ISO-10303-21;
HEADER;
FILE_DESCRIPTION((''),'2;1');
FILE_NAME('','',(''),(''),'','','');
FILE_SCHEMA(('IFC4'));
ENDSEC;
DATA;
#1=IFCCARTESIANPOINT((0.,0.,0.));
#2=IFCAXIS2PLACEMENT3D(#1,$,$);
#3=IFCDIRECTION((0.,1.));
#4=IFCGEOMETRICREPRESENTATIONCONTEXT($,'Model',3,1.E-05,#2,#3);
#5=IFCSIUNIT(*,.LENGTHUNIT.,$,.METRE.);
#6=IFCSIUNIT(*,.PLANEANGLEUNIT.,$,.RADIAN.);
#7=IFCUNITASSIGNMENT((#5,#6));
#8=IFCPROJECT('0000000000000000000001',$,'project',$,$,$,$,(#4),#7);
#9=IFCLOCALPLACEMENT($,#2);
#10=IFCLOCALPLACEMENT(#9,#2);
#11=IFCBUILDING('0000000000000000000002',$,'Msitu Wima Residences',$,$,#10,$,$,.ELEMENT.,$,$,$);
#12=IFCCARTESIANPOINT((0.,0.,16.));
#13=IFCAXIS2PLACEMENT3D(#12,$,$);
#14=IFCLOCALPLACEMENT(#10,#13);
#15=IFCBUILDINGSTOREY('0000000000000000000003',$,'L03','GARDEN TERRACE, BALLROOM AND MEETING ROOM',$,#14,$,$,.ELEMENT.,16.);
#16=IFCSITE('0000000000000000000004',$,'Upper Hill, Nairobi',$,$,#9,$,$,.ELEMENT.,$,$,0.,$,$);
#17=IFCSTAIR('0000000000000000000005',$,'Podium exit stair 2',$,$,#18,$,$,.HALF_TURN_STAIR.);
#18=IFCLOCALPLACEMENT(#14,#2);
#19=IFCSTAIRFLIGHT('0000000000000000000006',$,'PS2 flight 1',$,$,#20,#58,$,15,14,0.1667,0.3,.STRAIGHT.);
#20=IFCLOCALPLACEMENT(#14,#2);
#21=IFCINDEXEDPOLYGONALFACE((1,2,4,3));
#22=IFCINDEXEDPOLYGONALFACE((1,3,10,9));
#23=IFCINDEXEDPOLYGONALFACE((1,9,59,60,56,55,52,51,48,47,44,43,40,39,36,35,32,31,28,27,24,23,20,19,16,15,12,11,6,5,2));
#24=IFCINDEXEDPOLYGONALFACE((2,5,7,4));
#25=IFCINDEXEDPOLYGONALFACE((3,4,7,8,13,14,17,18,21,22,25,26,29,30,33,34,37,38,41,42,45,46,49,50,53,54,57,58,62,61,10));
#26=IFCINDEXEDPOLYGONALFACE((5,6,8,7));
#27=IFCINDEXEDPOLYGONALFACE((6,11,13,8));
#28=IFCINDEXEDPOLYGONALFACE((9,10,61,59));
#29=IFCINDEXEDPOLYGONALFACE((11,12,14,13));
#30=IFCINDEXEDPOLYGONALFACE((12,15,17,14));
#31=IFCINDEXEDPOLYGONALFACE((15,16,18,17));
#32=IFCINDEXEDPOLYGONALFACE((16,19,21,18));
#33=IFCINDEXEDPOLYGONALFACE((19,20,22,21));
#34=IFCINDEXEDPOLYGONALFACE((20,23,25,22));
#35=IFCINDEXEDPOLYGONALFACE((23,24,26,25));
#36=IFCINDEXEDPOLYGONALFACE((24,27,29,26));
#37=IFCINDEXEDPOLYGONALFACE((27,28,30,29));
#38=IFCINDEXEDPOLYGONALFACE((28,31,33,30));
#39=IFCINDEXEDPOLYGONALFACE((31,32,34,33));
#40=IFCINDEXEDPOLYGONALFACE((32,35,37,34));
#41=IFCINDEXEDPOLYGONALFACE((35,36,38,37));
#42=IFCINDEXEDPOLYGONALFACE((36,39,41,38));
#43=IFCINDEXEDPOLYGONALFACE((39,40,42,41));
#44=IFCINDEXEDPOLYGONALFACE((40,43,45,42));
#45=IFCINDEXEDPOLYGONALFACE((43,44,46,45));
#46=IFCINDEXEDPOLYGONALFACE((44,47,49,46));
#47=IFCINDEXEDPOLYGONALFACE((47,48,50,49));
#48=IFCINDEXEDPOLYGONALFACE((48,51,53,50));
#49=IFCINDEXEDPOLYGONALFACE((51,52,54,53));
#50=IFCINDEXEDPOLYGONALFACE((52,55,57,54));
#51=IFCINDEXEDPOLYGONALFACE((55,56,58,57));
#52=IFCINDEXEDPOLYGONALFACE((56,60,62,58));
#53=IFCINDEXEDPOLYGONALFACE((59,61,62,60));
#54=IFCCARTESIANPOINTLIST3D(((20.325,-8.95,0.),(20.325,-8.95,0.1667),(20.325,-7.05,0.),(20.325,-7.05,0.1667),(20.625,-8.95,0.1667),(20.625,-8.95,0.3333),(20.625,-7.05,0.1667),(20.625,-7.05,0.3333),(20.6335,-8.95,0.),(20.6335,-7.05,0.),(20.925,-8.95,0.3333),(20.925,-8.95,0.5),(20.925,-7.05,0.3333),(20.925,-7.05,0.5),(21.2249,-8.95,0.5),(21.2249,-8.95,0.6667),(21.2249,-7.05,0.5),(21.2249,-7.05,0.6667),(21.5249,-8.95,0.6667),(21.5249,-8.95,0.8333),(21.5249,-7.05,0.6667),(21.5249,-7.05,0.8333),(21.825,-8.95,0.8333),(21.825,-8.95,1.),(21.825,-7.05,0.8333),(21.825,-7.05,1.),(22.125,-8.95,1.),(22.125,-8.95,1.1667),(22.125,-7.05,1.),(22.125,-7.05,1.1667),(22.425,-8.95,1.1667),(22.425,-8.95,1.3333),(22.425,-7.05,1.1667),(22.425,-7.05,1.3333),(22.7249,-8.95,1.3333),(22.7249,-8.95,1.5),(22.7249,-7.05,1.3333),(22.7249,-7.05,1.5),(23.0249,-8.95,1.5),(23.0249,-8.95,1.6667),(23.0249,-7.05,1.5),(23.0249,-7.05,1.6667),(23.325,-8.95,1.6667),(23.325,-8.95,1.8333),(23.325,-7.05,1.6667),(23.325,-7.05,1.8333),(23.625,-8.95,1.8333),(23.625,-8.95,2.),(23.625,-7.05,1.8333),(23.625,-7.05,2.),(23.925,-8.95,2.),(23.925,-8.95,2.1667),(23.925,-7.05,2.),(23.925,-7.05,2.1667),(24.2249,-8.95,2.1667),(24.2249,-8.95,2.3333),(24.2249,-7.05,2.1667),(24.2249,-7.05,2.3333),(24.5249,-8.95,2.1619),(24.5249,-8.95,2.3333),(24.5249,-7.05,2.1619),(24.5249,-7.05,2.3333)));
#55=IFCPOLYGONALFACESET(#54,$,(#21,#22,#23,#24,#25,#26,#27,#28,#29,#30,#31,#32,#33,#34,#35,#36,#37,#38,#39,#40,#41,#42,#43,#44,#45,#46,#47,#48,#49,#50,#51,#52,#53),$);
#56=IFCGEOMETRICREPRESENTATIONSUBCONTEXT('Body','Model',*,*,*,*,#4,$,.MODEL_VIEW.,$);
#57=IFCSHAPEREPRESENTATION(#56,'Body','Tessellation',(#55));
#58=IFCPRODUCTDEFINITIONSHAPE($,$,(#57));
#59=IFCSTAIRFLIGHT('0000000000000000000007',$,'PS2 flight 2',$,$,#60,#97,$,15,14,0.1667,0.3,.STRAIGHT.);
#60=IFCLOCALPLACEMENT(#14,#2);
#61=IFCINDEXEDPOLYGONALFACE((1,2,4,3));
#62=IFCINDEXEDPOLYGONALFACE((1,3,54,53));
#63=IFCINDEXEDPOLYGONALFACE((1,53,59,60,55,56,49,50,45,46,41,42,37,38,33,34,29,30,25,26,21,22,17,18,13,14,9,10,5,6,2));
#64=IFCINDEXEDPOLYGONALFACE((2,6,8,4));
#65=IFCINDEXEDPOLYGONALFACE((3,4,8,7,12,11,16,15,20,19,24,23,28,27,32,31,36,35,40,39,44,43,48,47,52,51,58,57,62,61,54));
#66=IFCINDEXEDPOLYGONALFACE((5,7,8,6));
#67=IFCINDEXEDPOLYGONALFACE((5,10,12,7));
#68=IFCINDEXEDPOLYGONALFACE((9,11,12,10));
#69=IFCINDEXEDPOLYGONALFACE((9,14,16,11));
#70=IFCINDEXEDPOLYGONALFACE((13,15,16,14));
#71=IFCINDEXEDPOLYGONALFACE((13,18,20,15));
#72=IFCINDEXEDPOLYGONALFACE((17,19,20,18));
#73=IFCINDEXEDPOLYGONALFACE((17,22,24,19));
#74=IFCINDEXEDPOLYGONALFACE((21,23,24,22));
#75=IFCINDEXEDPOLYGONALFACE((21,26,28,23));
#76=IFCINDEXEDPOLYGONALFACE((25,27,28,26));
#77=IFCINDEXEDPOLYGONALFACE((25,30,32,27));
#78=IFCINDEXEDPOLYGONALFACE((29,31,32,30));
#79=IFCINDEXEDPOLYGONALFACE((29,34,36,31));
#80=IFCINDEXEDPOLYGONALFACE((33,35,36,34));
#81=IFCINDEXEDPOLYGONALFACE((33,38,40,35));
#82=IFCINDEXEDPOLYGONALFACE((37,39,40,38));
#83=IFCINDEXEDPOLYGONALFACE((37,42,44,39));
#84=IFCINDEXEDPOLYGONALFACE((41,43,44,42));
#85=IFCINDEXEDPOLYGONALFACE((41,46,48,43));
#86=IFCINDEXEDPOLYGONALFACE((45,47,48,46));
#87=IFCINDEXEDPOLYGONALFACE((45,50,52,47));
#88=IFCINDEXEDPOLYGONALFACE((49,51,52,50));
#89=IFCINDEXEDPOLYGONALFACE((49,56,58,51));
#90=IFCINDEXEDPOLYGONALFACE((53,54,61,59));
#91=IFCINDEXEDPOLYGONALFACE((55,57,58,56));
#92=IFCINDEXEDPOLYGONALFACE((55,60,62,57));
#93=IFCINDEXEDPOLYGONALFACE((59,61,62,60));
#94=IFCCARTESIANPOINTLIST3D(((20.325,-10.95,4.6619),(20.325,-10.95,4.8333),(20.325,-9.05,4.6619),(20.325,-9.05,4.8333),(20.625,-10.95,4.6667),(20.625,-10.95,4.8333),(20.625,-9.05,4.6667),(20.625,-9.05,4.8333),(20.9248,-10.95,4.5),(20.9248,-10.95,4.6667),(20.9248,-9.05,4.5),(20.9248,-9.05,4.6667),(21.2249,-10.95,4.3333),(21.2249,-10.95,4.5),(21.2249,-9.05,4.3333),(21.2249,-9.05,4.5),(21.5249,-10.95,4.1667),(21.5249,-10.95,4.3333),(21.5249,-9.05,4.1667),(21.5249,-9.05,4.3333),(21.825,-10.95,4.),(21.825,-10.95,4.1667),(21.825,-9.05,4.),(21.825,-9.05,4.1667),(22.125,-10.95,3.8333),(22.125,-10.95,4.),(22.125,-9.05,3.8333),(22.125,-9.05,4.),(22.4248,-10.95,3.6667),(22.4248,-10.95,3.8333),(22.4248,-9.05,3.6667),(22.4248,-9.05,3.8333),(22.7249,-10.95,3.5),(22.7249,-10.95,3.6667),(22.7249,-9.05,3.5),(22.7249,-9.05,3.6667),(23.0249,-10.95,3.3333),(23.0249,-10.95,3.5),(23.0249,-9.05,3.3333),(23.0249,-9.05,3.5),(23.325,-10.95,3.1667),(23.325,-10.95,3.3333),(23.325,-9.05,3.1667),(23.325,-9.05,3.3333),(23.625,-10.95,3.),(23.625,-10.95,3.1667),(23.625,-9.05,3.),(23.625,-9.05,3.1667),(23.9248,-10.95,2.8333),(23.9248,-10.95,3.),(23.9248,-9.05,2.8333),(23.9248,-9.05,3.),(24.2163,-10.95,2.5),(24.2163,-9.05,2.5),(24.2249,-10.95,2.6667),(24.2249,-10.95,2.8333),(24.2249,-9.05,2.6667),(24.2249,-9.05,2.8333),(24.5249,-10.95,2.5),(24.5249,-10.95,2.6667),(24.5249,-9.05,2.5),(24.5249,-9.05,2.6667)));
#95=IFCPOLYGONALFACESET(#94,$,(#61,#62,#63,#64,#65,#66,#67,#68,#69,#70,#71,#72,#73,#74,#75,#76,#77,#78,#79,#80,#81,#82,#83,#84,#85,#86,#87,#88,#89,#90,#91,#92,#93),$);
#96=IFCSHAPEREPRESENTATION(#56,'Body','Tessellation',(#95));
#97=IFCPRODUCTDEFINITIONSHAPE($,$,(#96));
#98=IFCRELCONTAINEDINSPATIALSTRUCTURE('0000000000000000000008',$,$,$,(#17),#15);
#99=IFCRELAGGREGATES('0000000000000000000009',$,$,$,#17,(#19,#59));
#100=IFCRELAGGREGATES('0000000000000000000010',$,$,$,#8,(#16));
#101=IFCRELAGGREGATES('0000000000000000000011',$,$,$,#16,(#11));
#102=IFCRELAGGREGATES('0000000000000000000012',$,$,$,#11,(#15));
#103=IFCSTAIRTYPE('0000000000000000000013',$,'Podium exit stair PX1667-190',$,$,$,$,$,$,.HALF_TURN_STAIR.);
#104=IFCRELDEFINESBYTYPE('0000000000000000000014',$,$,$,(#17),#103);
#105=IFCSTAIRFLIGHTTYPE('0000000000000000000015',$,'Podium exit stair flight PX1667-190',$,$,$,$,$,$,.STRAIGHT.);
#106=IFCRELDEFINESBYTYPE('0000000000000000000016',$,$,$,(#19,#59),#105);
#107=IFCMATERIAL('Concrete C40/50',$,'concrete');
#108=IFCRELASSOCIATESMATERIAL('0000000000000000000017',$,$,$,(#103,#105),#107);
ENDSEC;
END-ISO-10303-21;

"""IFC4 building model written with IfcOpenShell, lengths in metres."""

from ifc_helpers import new_model, si_unit, direction, frame, origin, place, context, subcontext, project, spatial, polyline, outline, extrude, material, type_object, element, aggregate, save


model = new_model("IFC4")

# Units and contexts
model_context = context("Model", 3, precision=1e-05, world=origin(), true_north=direction((0.0, 1.0)))
body_context = subcontext(model_context, "Body", "Model", "MODEL_VIEW")
ifc_project = project(units=[si_unit("LENGTHUNIT", "METRE"), si_unit("PLANEANGLEUNIT", "RADIAN")], contexts=[model_context])

# Site, building, storey
site_placement = place(None, origin())
site = spatial("IfcSite", under=ifc_project, at=site_placement, Name="Upper Hill, Nairobi", CompositionType="ELEMENT", RefElevation=0.0)
building_placement = place(site_placement, origin())
building = spatial("IfcBuilding", under=site, at=building_placement, Name="Msitu Wima Residences", CompositionType="ELEMENT")
storey_placement = place(building_placement, frame((0.0, 0.0, 16.0)))
storey = spatial("IfcBuildingStorey", under=building, at=storey_placement, Name="L03", Description="GARDEN TERRACE, BALLROOM AND MEETING ROOM", CompositionType="ELEMENT", Elevation=16.0)

# Shared definitions
ifc_material_1 = material(Name="Concrete C40/50", Category="concrete")

# Stair, stair flights
stair_type = type_object("IfcStairType", Name="Podium exit stair PX1667-190", PredefinedType="HALF_TURN_STAIR", material=ifc_material_1)
stair_placement = place(storey_placement, origin())
stair = element("IfcStair", 1, at=stair_placement, inside=storey, type_object=stair_type, Name="Podium exit stair 2", PredefinedType="HALF_TURN_STAIR")
stair_flight_type = type_object("IfcStairFlightType", Name="Podium exit stair flight PX1667-190", PredefinedType="STRAIGHT", material=ifc_material_1)
stair_flight_1_placement = place(storey_placement, frame((20.325, -8.0, 0.0), z_axis=(0.0, 0.0, 1.0), x_axis=(1.0, 0.0, 0.0)))
stair_flight_1 = element("IfcStairFlight", 2, at=stair_flight_1_placement, type_object=stair_flight_type, Name="PS2 flight 1", NumberOfRisers=15, NumberOfTreads=14, PredefinedType="STRAIGHT", RiserHeight=0.1667, TreadLength=0.3, context=body_context, shape_type="SweptSolid", body=[
    extrude(outline(polyline([(0.0, 0.0), (0.0, 0.1667), (0.3, 0.1667), (0.3, 0.3333), (0.6001, 0.3333), (0.6001, 0.5), (0.8999, 0.5), (0.8999, 0.6667), (1.2, 0.6667), (1.2, 0.8333), (1.5, 0.8333), (1.5, 1.0), (1.8, 1.0), (1.8, 1.1667), (2.1001, 1.1667), (2.1001, 1.3333), (2.3999, 1.3333), (2.3999, 1.5), (2.7, 1.5), (2.7, 1.6667), (3.0, 1.6667), (3.0, 1.8333), (3.3, 1.8333), (3.3, 2.0), (3.6001, 2.0), (3.6001, 2.1667), (3.8999, 2.1667), (3.8999, 2.3333), (4.2, 2.3333), (4.2, 2.5), (4.2, 2.1619), (0.3086, 0.0), (0.0, 0.0)])), frame((0.0, 0.95, 0.0), z_axis=(0.0, -1.0, 0.0), x_axis=(1.0, 0.0, 0.0)), (0.0, 0.0, 1.0), 1.8999),
])
stair_flight_2_placement = place(storey_placement, frame((24.5249, -10.0, 2.5), z_axis=(0.0, 0.0, 1.0), x_axis=(-1.0, 0.0, 0.0)))
stair_flight_2 = element("IfcStairFlight", 3, at=stair_flight_2_placement, type_object=stair_flight_type, Name="PS2 flight 2", NumberOfRisers=15, NumberOfTreads=14, PredefinedType="STRAIGHT", RiserHeight=0.1667, TreadLength=0.3, context=body_context, shape_type="SweptSolid", body=[
    extrude(outline(polyline([(0.0, 0.0), (0.0, 0.1667), (0.3, 0.1667), (0.3, 0.3333), (0.6001, 0.3333), (0.6001, 0.5), (0.8999, 0.5), (0.8999, 0.6667), (1.2, 0.6667), (1.2, 0.8333), (1.5, 0.8333), (1.5, 1.0), (1.8, 1.0), (1.8, 1.1667), (2.1001, 1.1667), (2.1001, 1.3333), (2.3999, 1.3333), (2.3999, 1.5), (2.7, 1.5), (2.7, 1.6667), (3.0, 1.6667), (3.0, 1.8333), (3.3, 1.8333), (3.3, 2.0), (3.6001, 2.0), (3.6001, 2.1667), (3.8999, 2.1667), (3.8999, 2.3333), (4.2, 2.3333), (4.2, 2.5), (4.2, 2.1619), (0.3086, 0.0), (0.0, 0.0)])), frame((0.0, 0.95, 0.0), z_axis=(0.0, -1.0, 0.0), x_axis=(1.0, 0.0, 0.0)), (0.0, 0.0, 1.0), 1.8999),
])
aggregate(stair, [stair_flight_1, stair_flight_2])

save(model, "model.ifc")
